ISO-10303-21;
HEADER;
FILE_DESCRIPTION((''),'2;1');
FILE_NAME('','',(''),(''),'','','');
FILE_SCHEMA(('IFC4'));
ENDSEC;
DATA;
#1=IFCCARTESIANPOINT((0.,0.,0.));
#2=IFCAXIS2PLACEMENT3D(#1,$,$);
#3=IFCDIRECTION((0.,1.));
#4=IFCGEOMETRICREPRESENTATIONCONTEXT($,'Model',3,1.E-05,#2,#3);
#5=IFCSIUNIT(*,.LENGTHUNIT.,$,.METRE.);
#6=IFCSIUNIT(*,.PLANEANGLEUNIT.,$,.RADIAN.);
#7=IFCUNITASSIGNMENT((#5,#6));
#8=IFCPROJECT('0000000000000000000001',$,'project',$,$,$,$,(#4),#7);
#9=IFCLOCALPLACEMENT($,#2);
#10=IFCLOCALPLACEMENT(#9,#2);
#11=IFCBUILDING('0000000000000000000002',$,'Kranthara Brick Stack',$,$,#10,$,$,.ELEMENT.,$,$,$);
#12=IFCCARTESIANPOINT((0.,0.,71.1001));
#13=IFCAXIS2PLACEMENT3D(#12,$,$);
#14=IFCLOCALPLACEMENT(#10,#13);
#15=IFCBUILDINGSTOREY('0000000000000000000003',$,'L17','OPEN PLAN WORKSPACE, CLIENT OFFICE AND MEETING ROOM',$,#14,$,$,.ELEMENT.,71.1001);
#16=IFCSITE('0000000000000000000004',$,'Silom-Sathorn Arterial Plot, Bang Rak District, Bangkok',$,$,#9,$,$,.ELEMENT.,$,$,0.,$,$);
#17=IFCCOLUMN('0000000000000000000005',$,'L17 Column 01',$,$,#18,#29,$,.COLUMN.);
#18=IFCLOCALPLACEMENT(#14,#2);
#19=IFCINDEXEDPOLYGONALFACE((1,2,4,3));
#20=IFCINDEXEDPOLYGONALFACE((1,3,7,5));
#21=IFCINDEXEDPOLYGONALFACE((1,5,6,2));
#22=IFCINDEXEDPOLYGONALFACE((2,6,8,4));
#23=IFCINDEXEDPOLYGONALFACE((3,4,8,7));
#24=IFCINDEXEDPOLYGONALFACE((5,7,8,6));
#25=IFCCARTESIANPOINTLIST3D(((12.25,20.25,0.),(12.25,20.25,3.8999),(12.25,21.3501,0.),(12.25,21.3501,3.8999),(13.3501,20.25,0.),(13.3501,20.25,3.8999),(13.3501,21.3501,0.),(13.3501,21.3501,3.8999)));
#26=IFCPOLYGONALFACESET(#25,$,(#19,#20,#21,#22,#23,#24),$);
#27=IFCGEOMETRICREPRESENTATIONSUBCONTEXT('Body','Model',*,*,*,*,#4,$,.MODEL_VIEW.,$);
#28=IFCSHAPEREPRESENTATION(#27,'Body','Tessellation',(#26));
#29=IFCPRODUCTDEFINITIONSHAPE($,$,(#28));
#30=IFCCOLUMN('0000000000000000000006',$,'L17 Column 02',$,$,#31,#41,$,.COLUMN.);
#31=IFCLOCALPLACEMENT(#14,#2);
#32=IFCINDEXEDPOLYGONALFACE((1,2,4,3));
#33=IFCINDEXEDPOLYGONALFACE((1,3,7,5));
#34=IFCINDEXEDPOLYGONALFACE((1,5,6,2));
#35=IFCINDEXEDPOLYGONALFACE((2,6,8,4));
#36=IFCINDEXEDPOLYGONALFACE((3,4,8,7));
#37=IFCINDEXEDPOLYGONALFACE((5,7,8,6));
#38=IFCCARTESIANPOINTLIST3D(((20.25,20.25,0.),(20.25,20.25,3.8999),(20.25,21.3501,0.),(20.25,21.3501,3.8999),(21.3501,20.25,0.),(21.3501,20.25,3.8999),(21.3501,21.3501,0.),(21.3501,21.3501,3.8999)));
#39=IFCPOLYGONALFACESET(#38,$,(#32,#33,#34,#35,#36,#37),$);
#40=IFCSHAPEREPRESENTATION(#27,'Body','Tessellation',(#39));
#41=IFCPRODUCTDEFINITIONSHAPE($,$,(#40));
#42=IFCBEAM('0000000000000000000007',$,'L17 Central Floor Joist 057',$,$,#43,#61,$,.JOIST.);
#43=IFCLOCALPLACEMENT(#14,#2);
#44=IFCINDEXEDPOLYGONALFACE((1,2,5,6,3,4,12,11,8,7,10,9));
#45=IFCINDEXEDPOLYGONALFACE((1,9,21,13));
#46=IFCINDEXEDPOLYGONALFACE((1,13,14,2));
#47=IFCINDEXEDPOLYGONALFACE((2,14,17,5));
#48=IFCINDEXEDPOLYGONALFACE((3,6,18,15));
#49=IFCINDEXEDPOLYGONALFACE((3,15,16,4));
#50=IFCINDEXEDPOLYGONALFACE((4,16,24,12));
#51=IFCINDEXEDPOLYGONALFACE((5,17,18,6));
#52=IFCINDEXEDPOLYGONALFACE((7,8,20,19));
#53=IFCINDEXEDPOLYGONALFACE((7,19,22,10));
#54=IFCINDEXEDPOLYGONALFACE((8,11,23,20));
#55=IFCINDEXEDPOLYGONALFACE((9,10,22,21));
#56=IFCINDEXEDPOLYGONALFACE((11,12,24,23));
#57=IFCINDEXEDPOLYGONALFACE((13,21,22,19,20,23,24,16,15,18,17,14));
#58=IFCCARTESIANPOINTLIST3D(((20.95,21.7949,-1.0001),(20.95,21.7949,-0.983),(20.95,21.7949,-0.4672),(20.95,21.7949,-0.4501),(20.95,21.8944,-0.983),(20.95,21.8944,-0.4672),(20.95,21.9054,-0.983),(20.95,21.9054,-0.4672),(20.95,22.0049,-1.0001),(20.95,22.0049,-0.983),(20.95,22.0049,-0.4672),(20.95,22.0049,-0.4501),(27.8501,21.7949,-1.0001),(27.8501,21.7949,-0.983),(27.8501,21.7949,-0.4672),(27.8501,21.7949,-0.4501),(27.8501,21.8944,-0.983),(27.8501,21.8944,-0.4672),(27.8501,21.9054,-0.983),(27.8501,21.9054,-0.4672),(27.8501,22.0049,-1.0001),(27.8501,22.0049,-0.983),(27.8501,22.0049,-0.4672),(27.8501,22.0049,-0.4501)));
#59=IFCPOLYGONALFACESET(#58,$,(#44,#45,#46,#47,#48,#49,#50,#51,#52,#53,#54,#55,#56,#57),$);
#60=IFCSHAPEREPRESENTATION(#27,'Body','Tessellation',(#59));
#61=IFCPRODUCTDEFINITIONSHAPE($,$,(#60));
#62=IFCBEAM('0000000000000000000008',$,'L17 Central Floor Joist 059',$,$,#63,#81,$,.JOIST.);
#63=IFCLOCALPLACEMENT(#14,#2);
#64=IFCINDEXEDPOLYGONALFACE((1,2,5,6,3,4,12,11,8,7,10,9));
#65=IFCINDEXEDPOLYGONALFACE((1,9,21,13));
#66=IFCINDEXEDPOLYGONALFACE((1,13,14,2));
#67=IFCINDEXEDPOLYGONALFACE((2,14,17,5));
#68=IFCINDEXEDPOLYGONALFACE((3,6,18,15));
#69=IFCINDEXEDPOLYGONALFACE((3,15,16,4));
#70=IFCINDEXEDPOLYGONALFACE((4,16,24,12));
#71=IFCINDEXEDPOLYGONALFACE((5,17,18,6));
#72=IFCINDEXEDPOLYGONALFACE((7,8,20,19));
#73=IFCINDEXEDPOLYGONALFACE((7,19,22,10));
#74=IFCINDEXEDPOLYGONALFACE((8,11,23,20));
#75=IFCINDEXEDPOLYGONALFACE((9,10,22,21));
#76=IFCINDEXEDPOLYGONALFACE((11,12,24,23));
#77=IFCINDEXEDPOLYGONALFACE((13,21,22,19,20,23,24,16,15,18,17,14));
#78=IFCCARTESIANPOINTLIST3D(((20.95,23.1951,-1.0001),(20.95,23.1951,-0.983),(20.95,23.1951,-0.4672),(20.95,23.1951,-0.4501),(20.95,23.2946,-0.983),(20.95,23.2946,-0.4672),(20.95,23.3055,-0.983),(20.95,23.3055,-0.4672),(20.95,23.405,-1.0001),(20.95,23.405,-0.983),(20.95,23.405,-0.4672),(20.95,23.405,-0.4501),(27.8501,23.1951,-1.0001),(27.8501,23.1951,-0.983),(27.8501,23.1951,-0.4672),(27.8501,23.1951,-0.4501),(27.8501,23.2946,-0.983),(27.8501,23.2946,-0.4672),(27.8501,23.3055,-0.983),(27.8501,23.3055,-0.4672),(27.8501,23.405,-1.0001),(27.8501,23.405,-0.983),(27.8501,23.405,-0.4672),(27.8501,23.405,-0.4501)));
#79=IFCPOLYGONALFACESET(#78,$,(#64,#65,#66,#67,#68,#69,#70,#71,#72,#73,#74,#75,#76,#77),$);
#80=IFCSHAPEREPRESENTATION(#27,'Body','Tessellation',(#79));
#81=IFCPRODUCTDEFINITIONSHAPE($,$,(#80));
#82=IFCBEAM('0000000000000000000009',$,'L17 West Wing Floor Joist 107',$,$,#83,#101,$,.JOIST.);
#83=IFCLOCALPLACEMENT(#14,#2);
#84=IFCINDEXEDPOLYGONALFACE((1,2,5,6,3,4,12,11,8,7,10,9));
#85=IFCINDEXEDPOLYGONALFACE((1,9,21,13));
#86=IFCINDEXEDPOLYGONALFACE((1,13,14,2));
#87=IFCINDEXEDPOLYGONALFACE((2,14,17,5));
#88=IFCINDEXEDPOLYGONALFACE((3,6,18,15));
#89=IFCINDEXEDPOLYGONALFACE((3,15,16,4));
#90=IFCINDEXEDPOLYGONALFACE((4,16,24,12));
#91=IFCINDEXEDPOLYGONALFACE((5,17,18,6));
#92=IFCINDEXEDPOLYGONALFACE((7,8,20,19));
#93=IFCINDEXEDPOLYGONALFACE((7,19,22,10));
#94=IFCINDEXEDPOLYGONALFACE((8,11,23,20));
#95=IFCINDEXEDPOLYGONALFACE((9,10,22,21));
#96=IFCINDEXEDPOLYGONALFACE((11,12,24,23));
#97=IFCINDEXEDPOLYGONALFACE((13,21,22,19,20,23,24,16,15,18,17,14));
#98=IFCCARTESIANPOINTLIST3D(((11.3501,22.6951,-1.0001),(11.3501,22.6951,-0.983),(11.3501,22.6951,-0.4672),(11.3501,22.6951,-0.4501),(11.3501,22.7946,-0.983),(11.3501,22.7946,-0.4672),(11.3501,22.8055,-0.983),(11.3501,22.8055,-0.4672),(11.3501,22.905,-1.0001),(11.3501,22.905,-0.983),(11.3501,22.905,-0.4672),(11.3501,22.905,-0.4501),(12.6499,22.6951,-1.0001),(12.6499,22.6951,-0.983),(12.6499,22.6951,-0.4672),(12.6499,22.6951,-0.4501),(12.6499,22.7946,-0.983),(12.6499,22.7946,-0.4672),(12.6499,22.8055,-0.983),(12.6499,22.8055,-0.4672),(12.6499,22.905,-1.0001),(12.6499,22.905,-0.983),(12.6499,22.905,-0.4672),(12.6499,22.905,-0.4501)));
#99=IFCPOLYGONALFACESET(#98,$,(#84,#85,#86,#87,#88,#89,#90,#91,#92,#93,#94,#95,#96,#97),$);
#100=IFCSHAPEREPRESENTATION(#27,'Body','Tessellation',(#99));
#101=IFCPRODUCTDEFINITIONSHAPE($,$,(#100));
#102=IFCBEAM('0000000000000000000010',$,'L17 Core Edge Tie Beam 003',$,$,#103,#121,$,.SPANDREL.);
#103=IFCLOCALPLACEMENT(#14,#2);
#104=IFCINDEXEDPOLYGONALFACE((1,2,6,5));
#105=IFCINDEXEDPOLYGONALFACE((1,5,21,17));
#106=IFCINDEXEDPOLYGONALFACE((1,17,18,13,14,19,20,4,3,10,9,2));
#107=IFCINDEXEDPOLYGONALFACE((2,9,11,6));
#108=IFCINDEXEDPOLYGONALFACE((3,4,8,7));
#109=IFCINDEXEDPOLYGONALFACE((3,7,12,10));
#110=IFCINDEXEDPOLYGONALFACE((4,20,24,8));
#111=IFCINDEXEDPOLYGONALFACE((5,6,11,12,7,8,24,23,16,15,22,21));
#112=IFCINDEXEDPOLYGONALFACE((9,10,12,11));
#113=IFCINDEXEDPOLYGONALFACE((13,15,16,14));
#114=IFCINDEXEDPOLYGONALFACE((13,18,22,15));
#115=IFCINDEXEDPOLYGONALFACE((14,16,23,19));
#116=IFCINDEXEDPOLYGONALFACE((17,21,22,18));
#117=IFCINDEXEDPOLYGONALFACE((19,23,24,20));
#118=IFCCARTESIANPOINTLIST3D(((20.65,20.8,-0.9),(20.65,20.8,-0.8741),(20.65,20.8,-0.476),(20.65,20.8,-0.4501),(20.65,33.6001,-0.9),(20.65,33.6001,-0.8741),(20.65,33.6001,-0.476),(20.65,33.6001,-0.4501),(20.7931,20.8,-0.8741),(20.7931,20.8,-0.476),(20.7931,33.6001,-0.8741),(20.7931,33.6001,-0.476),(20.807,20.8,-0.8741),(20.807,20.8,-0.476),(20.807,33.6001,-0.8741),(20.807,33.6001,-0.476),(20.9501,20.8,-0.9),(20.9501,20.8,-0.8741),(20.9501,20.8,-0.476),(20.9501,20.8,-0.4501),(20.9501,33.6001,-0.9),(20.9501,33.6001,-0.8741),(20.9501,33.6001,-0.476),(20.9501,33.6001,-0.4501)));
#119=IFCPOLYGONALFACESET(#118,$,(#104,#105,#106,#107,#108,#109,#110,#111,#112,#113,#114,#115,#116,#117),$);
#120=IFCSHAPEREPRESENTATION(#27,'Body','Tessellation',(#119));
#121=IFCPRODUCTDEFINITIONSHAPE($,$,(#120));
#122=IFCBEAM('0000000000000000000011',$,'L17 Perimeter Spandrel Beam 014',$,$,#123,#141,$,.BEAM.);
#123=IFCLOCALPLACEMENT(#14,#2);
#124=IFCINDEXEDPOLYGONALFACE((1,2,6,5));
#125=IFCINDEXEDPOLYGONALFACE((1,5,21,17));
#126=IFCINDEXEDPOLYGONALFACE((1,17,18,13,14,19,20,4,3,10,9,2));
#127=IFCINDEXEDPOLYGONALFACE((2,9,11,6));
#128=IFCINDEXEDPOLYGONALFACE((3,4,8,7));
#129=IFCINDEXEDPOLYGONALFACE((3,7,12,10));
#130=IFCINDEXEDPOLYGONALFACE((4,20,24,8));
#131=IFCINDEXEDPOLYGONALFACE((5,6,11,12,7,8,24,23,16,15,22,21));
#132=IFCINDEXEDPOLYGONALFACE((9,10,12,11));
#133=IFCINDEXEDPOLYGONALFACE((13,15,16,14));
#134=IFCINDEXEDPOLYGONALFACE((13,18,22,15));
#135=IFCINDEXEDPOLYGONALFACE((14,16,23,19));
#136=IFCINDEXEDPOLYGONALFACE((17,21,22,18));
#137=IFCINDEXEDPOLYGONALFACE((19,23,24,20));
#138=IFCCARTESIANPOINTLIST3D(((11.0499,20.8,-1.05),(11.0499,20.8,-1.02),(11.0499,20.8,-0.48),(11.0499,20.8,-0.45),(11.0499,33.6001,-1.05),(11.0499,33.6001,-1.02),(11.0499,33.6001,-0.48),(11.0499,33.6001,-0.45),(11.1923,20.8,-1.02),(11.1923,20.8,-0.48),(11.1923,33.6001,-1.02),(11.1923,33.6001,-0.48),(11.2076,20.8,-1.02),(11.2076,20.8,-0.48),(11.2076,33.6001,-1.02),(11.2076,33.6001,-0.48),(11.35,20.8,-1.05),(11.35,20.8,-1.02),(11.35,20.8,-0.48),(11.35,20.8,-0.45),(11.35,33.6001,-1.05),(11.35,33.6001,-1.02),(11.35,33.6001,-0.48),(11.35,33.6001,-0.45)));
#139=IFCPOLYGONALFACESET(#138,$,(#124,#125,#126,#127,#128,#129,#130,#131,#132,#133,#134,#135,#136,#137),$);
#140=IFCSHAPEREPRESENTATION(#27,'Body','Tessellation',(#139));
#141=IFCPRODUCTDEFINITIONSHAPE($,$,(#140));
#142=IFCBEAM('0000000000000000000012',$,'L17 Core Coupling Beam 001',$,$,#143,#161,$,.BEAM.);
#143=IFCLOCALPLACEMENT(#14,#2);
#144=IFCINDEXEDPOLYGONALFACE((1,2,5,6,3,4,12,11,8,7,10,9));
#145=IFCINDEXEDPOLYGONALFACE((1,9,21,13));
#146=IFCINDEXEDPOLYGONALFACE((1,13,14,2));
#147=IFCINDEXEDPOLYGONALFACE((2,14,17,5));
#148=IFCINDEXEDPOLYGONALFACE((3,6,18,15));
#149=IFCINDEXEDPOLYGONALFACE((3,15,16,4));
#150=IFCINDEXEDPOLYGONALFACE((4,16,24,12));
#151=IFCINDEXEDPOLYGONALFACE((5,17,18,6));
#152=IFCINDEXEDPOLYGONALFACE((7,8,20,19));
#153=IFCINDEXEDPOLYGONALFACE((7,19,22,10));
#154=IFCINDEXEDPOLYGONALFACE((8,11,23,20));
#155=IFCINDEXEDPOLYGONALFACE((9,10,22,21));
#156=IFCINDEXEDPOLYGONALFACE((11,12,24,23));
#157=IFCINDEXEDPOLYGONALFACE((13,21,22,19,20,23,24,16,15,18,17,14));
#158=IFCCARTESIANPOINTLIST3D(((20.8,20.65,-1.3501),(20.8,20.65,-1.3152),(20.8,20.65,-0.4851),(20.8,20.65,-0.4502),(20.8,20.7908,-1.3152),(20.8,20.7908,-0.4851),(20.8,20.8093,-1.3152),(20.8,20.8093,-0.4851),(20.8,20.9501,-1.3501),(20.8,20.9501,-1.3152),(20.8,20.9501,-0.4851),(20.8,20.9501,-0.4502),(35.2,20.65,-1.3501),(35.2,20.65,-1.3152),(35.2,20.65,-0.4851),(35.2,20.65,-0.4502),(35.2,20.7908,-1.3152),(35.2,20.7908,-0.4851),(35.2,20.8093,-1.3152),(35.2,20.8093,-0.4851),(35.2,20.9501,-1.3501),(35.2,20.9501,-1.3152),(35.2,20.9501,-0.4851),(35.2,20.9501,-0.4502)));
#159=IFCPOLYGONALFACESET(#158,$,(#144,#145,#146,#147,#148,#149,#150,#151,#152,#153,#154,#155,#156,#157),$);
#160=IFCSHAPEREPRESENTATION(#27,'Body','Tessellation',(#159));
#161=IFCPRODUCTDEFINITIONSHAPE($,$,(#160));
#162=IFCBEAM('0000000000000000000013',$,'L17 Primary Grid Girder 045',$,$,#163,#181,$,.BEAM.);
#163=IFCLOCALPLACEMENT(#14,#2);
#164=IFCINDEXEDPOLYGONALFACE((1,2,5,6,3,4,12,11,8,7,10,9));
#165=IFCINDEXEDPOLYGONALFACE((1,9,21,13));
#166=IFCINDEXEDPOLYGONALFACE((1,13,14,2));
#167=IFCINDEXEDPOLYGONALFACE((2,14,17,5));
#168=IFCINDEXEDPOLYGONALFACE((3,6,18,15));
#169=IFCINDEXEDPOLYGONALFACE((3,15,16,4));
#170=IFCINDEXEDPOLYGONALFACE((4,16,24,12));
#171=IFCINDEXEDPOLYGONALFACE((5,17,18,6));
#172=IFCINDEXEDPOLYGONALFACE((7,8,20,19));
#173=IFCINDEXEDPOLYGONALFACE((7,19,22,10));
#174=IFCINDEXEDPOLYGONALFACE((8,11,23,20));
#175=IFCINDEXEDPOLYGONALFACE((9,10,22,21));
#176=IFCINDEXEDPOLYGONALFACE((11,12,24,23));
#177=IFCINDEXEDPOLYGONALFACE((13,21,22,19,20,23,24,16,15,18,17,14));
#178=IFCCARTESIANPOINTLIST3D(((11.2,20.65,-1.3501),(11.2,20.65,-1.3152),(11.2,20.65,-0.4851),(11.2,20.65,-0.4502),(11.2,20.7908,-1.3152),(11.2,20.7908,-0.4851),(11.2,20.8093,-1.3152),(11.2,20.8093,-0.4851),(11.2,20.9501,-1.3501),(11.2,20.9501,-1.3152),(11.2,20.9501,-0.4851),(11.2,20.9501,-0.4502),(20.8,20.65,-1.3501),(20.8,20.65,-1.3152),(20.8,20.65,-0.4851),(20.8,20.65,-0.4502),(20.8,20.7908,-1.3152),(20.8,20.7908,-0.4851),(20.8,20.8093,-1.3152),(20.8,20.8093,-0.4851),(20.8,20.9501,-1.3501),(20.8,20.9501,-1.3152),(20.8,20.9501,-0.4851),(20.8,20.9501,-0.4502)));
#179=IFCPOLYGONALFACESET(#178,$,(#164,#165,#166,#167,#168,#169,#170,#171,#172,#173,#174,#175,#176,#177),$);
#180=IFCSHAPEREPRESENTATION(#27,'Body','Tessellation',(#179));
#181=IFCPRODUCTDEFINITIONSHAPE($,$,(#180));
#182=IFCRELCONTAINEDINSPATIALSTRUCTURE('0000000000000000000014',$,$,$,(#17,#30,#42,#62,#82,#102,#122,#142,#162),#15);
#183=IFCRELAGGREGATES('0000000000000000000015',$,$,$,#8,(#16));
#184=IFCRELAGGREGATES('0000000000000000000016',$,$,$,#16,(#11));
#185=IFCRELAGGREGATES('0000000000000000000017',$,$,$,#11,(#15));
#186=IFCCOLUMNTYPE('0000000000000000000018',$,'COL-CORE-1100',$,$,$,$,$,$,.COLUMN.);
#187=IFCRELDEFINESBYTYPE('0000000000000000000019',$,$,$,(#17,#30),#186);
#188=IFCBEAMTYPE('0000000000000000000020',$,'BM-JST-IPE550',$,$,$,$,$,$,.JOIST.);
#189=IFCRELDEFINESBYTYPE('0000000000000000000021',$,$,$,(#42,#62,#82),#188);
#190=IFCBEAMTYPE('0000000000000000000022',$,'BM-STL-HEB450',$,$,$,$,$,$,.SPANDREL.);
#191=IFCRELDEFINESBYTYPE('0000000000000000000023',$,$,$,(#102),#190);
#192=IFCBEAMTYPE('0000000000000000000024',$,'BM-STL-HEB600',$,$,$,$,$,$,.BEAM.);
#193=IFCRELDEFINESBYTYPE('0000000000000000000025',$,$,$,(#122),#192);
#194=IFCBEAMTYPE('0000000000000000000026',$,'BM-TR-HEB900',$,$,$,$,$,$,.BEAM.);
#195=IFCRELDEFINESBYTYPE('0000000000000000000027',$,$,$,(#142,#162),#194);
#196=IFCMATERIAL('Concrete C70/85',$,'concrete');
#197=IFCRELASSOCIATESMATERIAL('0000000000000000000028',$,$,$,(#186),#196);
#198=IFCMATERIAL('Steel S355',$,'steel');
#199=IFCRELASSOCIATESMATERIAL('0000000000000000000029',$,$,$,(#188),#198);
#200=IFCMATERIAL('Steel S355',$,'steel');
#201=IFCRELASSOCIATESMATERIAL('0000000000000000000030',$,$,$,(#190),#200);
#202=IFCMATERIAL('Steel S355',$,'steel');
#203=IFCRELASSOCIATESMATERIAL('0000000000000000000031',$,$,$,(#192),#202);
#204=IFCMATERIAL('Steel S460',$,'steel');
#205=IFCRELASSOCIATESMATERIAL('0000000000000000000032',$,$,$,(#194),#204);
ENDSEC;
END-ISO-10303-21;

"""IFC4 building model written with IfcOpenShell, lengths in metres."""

from ifc_helpers import new_model, si_unit, direction, frame, origin, origin_2d, place, context, subcontext, project, spatial, rectangle, i_section, extrude, material, material_profile, profile_set, type_object, element, save


model = new_model("IFC4")

# Units and contexts
model_context = context("Model", 3, precision=1e-05, world=origin(), true_north=direction((0.0, 1.0)))
body_context = subcontext(model_context, "Body", "Model", "MODEL_VIEW")
ifc_project = project(units=[si_unit("LENGTHUNIT", "METRE"), si_unit("PLANEANGLEUNIT", "RADIAN")], contexts=[model_context])

# Site, building, storey
site_placement = place(None, origin())
site = spatial("IfcSite", under=ifc_project, at=site_placement, Name="Silom-Sathorn Arterial Plot, Bang Rak District, Bangkok", CompositionType="ELEMENT", RefElevation=0.0)
building_placement = place(site_placement, origin())
building = spatial("IfcBuilding", under=site, at=building_placement, Name="Kranthara Brick Stack", CompositionType="ELEMENT")
storey_placement = place(building_placement, frame((0.0, 0.0, 71.1001)))
storey = spatial("IfcBuildingStorey", under=building, at=storey_placement, Name="L17", Description="OPEN PLAN WORKSPACE, CLIENT OFFICE AND MEETING ROOM", CompositionType="ELEMENT", Elevation=71.1001)

# Columns
ifc_material_1 = material(Name="Concrete C70/85", Category="concrete")
ifc_material_profile_1 = material_profile(ifc_material_1, rectangle(XDim=1.1001, YDim=1.1001, at=origin_2d()), Name="RC 1100x1100")
ifc_profile_set_1 = profile_set([ifc_material_profile_1], Name="Concrete C70/85")
column_type = type_object("IfcColumnType", Name="COL-CORE-1100", PredefinedType="COLUMN", material=ifc_profile_set_1)
for number, where, z_axis, x_axis, name in (
    (1, (12.8, 20.8, 0.0), (0.0, 0.0, 1.0), (1.0, 0.0, 0.0), "L17 Column 01"),
    (2, (20.8, 20.8, 0.0), (0.0, 0.0, 1.0), (1.0, 0.0, 0.0), "L17 Column 02"),
):
    element("IfcColumn", number, at=place(storey_placement, frame(where, z_axis=z_axis, x_axis=x_axis)), inside=storey, type_object=column_type, Name=name, PredefinedType="COLUMN", context=body_context, shape_type="SweptSolid", body=[
        extrude(rectangle(XDim=1.1001, YDim=1.1001, at=origin_2d()), origin(), (0.0, 0.0, 1.0), 3.8999),
    ])

# Beams
ifc_material_2 = material(Name="Steel S355", Category="steel")
ifc_material_profile_2 = material_profile(ifc_material_2, i_section(OverallWidth=0.21, OverallDepth=0.55, WebThickness=0.011, FlangeThickness=0.0171, at=origin_2d()), Name="IPE 550")
ifc_profile_set_2 = profile_set([ifc_material_profile_2], Name="Steel S355")
beam_type_1 = type_object("IfcBeamType", Name="BM-JST-IPE550", PredefinedType="JOIST", material=ifc_profile_set_2)
for number, where, z_axis, x_axis, name in (
    (3, (20.95, 21.8999, -0.7251), (1.0, 0.0, 0.0), (0.0, 1.0, 0.0), "L17 Central Floor Joist 057"),
    (4, (20.95, 23.3, -0.7251), (1.0, 0.0, 0.0), (0.0, 1.0, 0.0), "L17 Central Floor Joist 059"),
):
    element("IfcBeam", number, at=place(storey_placement, frame(where, z_axis=z_axis, x_axis=x_axis)), inside=storey, type_object=beam_type_1, Name=name, PredefinedType="JOIST", context=body_context, shape_type="SweptSolid", body=[
        extrude(i_section(OverallWidth=0.21, OverallDepth=0.55, WebThickness=0.011, FlangeThickness=0.0171, at=origin_2d()), origin(), (0.0, 0.0, 1.0), 6.9001),
    ])
beam_1_placement = place(storey_placement, frame((11.3501, 22.8, -0.7251), z_axis=(1.0, 0.0, 0.0), x_axis=(0.0, 1.0, 0.0)))
element("IfcBeam", 5, at=beam_1_placement, inside=storey, type_object=beam_type_1, Name="L17 West Wing Floor Joist 107", PredefinedType="JOIST", context=body_context, shape_type="SweptSolid", body=[
    extrude(i_section(OverallWidth=0.21, OverallDepth=0.55, WebThickness=0.011, FlangeThickness=0.0171, at=origin_2d()), origin(), (0.0, 0.0, 1.0), 1.2998),
])
ifc_material_3 = material(Name="Steel S355", Category="steel")
ifc_material_profile_3 = material_profile(ifc_material_3, i_section(OverallWidth=0.3, OverallDepth=0.45, WebThickness=0.0139, FlangeThickness=0.0259, at=origin_2d()), Name="HEB 450")
ifc_profile_set_3 = profile_set([ifc_material_profile_3], Name="Steel S355")
beam_type_2 = type_object("IfcBeamType", Name="BM-STL-HEB450", PredefinedType="SPANDREL", material=ifc_profile_set_3)
beam_2_placement = place(storey_placement, frame((20.8, 20.8, -0.675), z_axis=(0.0, 1.0, 0.0), x_axis=(-1.0, 0.0, 0.0)))
element("IfcBeam", 6, at=beam_2_placement, inside=storey, type_object=beam_type_2, Name="L17 Core Edge Tie Beam 003", PredefinedType="SPANDREL", context=body_context, shape_type="SweptSolid", body=[
    extrude(i_section(OverallWidth=0.3, OverallDepth=0.45, WebThickness=0.0139, FlangeThickness=0.0259, at=origin_2d()), origin(), (0.0, 0.0, 1.0), 12.8),
])
ifc_material_4 = material(Name="Steel S355", Category="steel")
ifc_material_profile_4 = material_profile(ifc_material_4, i_section(OverallWidth=0.3, OverallDepth=0.6001, WebThickness=0.0154, FlangeThickness=0.03, at=origin_2d()), Name="HEB 600")
ifc_profile_set_4 = profile_set([ifc_material_profile_4], Name="Steel S355")
beam_type_3 = type_object("IfcBeamType", Name="BM-STL-HEB600", PredefinedType="BEAM", material=ifc_profile_set_4)
beam_3_placement = place(storey_placement, frame((11.2, 20.8, -0.75), z_axis=(0.0, 1.0, 0.0), x_axis=(-1.0, 0.0, 0.0)))
element("IfcBeam", 7, at=beam_3_placement, inside=storey, type_object=beam_type_3, Name="L17 Perimeter Spandrel Beam 014", PredefinedType="BEAM", context=body_context, shape_type="SweptSolid", body=[
    extrude(i_section(OverallWidth=0.3, OverallDepth=0.6001, WebThickness=0.0154, FlangeThickness=0.03, at=origin_2d()), origin(), (0.0, 0.0, 1.0), 12.8),
])
ifc_material_5 = material(Name="Steel S460", Category="steel")
ifc_material_profile_5 = material_profile(ifc_material_5, i_section(OverallWidth=0.3, OverallDepth=0.8999, WebThickness=0.0186, FlangeThickness=0.0349, at=origin_2d()), Name="HEB 900")
ifc_profile_set_5 = profile_set([ifc_material_profile_5], Name="Steel S460")
beam_type_4 = type_object("IfcBeamType", Name="BM-TR-HEB900", PredefinedType="BEAM", material=ifc_profile_set_5)
beam_4_placement = place(storey_placement, frame((20.8, 20.8, -0.9001), z_axis=(1.0, 0.0, 0.0), x_axis=(0.0, 1.0, 0.0)))
element("IfcBeam", 8, at=beam_4_placement, inside=storey, type_object=beam_type_4, Name="L17 Core Coupling Beam 001", PredefinedType="BEAM", context=body_context, shape_type="SweptSolid", body=[
    extrude(i_section(OverallWidth=0.3, OverallDepth=0.8999, WebThickness=0.0186, FlangeThickness=0.0349, at=origin_2d()), origin(), (0.0, 0.0, 1.0), 14.3999),
])
beam_5_placement = place(storey_placement, frame((11.2, 20.8, -0.9001), z_axis=(1.0, 0.0, 0.0), x_axis=(0.0, 1.0, 0.0)))
element("IfcBeam", 9, at=beam_5_placement, inside=storey, type_object=beam_type_4, Name="L17 Primary Grid Girder 045", PredefinedType="BEAM", context=body_context, shape_type="SweptSolid", body=[
    extrude(i_section(OverallWidth=0.3, OverallDepth=0.8999, WebThickness=0.0186, FlangeThickness=0.0349, at=origin_2d()), origin(), (0.0, 0.0, 1.0), 9.6001),
])

save(model, "model.ifc")
